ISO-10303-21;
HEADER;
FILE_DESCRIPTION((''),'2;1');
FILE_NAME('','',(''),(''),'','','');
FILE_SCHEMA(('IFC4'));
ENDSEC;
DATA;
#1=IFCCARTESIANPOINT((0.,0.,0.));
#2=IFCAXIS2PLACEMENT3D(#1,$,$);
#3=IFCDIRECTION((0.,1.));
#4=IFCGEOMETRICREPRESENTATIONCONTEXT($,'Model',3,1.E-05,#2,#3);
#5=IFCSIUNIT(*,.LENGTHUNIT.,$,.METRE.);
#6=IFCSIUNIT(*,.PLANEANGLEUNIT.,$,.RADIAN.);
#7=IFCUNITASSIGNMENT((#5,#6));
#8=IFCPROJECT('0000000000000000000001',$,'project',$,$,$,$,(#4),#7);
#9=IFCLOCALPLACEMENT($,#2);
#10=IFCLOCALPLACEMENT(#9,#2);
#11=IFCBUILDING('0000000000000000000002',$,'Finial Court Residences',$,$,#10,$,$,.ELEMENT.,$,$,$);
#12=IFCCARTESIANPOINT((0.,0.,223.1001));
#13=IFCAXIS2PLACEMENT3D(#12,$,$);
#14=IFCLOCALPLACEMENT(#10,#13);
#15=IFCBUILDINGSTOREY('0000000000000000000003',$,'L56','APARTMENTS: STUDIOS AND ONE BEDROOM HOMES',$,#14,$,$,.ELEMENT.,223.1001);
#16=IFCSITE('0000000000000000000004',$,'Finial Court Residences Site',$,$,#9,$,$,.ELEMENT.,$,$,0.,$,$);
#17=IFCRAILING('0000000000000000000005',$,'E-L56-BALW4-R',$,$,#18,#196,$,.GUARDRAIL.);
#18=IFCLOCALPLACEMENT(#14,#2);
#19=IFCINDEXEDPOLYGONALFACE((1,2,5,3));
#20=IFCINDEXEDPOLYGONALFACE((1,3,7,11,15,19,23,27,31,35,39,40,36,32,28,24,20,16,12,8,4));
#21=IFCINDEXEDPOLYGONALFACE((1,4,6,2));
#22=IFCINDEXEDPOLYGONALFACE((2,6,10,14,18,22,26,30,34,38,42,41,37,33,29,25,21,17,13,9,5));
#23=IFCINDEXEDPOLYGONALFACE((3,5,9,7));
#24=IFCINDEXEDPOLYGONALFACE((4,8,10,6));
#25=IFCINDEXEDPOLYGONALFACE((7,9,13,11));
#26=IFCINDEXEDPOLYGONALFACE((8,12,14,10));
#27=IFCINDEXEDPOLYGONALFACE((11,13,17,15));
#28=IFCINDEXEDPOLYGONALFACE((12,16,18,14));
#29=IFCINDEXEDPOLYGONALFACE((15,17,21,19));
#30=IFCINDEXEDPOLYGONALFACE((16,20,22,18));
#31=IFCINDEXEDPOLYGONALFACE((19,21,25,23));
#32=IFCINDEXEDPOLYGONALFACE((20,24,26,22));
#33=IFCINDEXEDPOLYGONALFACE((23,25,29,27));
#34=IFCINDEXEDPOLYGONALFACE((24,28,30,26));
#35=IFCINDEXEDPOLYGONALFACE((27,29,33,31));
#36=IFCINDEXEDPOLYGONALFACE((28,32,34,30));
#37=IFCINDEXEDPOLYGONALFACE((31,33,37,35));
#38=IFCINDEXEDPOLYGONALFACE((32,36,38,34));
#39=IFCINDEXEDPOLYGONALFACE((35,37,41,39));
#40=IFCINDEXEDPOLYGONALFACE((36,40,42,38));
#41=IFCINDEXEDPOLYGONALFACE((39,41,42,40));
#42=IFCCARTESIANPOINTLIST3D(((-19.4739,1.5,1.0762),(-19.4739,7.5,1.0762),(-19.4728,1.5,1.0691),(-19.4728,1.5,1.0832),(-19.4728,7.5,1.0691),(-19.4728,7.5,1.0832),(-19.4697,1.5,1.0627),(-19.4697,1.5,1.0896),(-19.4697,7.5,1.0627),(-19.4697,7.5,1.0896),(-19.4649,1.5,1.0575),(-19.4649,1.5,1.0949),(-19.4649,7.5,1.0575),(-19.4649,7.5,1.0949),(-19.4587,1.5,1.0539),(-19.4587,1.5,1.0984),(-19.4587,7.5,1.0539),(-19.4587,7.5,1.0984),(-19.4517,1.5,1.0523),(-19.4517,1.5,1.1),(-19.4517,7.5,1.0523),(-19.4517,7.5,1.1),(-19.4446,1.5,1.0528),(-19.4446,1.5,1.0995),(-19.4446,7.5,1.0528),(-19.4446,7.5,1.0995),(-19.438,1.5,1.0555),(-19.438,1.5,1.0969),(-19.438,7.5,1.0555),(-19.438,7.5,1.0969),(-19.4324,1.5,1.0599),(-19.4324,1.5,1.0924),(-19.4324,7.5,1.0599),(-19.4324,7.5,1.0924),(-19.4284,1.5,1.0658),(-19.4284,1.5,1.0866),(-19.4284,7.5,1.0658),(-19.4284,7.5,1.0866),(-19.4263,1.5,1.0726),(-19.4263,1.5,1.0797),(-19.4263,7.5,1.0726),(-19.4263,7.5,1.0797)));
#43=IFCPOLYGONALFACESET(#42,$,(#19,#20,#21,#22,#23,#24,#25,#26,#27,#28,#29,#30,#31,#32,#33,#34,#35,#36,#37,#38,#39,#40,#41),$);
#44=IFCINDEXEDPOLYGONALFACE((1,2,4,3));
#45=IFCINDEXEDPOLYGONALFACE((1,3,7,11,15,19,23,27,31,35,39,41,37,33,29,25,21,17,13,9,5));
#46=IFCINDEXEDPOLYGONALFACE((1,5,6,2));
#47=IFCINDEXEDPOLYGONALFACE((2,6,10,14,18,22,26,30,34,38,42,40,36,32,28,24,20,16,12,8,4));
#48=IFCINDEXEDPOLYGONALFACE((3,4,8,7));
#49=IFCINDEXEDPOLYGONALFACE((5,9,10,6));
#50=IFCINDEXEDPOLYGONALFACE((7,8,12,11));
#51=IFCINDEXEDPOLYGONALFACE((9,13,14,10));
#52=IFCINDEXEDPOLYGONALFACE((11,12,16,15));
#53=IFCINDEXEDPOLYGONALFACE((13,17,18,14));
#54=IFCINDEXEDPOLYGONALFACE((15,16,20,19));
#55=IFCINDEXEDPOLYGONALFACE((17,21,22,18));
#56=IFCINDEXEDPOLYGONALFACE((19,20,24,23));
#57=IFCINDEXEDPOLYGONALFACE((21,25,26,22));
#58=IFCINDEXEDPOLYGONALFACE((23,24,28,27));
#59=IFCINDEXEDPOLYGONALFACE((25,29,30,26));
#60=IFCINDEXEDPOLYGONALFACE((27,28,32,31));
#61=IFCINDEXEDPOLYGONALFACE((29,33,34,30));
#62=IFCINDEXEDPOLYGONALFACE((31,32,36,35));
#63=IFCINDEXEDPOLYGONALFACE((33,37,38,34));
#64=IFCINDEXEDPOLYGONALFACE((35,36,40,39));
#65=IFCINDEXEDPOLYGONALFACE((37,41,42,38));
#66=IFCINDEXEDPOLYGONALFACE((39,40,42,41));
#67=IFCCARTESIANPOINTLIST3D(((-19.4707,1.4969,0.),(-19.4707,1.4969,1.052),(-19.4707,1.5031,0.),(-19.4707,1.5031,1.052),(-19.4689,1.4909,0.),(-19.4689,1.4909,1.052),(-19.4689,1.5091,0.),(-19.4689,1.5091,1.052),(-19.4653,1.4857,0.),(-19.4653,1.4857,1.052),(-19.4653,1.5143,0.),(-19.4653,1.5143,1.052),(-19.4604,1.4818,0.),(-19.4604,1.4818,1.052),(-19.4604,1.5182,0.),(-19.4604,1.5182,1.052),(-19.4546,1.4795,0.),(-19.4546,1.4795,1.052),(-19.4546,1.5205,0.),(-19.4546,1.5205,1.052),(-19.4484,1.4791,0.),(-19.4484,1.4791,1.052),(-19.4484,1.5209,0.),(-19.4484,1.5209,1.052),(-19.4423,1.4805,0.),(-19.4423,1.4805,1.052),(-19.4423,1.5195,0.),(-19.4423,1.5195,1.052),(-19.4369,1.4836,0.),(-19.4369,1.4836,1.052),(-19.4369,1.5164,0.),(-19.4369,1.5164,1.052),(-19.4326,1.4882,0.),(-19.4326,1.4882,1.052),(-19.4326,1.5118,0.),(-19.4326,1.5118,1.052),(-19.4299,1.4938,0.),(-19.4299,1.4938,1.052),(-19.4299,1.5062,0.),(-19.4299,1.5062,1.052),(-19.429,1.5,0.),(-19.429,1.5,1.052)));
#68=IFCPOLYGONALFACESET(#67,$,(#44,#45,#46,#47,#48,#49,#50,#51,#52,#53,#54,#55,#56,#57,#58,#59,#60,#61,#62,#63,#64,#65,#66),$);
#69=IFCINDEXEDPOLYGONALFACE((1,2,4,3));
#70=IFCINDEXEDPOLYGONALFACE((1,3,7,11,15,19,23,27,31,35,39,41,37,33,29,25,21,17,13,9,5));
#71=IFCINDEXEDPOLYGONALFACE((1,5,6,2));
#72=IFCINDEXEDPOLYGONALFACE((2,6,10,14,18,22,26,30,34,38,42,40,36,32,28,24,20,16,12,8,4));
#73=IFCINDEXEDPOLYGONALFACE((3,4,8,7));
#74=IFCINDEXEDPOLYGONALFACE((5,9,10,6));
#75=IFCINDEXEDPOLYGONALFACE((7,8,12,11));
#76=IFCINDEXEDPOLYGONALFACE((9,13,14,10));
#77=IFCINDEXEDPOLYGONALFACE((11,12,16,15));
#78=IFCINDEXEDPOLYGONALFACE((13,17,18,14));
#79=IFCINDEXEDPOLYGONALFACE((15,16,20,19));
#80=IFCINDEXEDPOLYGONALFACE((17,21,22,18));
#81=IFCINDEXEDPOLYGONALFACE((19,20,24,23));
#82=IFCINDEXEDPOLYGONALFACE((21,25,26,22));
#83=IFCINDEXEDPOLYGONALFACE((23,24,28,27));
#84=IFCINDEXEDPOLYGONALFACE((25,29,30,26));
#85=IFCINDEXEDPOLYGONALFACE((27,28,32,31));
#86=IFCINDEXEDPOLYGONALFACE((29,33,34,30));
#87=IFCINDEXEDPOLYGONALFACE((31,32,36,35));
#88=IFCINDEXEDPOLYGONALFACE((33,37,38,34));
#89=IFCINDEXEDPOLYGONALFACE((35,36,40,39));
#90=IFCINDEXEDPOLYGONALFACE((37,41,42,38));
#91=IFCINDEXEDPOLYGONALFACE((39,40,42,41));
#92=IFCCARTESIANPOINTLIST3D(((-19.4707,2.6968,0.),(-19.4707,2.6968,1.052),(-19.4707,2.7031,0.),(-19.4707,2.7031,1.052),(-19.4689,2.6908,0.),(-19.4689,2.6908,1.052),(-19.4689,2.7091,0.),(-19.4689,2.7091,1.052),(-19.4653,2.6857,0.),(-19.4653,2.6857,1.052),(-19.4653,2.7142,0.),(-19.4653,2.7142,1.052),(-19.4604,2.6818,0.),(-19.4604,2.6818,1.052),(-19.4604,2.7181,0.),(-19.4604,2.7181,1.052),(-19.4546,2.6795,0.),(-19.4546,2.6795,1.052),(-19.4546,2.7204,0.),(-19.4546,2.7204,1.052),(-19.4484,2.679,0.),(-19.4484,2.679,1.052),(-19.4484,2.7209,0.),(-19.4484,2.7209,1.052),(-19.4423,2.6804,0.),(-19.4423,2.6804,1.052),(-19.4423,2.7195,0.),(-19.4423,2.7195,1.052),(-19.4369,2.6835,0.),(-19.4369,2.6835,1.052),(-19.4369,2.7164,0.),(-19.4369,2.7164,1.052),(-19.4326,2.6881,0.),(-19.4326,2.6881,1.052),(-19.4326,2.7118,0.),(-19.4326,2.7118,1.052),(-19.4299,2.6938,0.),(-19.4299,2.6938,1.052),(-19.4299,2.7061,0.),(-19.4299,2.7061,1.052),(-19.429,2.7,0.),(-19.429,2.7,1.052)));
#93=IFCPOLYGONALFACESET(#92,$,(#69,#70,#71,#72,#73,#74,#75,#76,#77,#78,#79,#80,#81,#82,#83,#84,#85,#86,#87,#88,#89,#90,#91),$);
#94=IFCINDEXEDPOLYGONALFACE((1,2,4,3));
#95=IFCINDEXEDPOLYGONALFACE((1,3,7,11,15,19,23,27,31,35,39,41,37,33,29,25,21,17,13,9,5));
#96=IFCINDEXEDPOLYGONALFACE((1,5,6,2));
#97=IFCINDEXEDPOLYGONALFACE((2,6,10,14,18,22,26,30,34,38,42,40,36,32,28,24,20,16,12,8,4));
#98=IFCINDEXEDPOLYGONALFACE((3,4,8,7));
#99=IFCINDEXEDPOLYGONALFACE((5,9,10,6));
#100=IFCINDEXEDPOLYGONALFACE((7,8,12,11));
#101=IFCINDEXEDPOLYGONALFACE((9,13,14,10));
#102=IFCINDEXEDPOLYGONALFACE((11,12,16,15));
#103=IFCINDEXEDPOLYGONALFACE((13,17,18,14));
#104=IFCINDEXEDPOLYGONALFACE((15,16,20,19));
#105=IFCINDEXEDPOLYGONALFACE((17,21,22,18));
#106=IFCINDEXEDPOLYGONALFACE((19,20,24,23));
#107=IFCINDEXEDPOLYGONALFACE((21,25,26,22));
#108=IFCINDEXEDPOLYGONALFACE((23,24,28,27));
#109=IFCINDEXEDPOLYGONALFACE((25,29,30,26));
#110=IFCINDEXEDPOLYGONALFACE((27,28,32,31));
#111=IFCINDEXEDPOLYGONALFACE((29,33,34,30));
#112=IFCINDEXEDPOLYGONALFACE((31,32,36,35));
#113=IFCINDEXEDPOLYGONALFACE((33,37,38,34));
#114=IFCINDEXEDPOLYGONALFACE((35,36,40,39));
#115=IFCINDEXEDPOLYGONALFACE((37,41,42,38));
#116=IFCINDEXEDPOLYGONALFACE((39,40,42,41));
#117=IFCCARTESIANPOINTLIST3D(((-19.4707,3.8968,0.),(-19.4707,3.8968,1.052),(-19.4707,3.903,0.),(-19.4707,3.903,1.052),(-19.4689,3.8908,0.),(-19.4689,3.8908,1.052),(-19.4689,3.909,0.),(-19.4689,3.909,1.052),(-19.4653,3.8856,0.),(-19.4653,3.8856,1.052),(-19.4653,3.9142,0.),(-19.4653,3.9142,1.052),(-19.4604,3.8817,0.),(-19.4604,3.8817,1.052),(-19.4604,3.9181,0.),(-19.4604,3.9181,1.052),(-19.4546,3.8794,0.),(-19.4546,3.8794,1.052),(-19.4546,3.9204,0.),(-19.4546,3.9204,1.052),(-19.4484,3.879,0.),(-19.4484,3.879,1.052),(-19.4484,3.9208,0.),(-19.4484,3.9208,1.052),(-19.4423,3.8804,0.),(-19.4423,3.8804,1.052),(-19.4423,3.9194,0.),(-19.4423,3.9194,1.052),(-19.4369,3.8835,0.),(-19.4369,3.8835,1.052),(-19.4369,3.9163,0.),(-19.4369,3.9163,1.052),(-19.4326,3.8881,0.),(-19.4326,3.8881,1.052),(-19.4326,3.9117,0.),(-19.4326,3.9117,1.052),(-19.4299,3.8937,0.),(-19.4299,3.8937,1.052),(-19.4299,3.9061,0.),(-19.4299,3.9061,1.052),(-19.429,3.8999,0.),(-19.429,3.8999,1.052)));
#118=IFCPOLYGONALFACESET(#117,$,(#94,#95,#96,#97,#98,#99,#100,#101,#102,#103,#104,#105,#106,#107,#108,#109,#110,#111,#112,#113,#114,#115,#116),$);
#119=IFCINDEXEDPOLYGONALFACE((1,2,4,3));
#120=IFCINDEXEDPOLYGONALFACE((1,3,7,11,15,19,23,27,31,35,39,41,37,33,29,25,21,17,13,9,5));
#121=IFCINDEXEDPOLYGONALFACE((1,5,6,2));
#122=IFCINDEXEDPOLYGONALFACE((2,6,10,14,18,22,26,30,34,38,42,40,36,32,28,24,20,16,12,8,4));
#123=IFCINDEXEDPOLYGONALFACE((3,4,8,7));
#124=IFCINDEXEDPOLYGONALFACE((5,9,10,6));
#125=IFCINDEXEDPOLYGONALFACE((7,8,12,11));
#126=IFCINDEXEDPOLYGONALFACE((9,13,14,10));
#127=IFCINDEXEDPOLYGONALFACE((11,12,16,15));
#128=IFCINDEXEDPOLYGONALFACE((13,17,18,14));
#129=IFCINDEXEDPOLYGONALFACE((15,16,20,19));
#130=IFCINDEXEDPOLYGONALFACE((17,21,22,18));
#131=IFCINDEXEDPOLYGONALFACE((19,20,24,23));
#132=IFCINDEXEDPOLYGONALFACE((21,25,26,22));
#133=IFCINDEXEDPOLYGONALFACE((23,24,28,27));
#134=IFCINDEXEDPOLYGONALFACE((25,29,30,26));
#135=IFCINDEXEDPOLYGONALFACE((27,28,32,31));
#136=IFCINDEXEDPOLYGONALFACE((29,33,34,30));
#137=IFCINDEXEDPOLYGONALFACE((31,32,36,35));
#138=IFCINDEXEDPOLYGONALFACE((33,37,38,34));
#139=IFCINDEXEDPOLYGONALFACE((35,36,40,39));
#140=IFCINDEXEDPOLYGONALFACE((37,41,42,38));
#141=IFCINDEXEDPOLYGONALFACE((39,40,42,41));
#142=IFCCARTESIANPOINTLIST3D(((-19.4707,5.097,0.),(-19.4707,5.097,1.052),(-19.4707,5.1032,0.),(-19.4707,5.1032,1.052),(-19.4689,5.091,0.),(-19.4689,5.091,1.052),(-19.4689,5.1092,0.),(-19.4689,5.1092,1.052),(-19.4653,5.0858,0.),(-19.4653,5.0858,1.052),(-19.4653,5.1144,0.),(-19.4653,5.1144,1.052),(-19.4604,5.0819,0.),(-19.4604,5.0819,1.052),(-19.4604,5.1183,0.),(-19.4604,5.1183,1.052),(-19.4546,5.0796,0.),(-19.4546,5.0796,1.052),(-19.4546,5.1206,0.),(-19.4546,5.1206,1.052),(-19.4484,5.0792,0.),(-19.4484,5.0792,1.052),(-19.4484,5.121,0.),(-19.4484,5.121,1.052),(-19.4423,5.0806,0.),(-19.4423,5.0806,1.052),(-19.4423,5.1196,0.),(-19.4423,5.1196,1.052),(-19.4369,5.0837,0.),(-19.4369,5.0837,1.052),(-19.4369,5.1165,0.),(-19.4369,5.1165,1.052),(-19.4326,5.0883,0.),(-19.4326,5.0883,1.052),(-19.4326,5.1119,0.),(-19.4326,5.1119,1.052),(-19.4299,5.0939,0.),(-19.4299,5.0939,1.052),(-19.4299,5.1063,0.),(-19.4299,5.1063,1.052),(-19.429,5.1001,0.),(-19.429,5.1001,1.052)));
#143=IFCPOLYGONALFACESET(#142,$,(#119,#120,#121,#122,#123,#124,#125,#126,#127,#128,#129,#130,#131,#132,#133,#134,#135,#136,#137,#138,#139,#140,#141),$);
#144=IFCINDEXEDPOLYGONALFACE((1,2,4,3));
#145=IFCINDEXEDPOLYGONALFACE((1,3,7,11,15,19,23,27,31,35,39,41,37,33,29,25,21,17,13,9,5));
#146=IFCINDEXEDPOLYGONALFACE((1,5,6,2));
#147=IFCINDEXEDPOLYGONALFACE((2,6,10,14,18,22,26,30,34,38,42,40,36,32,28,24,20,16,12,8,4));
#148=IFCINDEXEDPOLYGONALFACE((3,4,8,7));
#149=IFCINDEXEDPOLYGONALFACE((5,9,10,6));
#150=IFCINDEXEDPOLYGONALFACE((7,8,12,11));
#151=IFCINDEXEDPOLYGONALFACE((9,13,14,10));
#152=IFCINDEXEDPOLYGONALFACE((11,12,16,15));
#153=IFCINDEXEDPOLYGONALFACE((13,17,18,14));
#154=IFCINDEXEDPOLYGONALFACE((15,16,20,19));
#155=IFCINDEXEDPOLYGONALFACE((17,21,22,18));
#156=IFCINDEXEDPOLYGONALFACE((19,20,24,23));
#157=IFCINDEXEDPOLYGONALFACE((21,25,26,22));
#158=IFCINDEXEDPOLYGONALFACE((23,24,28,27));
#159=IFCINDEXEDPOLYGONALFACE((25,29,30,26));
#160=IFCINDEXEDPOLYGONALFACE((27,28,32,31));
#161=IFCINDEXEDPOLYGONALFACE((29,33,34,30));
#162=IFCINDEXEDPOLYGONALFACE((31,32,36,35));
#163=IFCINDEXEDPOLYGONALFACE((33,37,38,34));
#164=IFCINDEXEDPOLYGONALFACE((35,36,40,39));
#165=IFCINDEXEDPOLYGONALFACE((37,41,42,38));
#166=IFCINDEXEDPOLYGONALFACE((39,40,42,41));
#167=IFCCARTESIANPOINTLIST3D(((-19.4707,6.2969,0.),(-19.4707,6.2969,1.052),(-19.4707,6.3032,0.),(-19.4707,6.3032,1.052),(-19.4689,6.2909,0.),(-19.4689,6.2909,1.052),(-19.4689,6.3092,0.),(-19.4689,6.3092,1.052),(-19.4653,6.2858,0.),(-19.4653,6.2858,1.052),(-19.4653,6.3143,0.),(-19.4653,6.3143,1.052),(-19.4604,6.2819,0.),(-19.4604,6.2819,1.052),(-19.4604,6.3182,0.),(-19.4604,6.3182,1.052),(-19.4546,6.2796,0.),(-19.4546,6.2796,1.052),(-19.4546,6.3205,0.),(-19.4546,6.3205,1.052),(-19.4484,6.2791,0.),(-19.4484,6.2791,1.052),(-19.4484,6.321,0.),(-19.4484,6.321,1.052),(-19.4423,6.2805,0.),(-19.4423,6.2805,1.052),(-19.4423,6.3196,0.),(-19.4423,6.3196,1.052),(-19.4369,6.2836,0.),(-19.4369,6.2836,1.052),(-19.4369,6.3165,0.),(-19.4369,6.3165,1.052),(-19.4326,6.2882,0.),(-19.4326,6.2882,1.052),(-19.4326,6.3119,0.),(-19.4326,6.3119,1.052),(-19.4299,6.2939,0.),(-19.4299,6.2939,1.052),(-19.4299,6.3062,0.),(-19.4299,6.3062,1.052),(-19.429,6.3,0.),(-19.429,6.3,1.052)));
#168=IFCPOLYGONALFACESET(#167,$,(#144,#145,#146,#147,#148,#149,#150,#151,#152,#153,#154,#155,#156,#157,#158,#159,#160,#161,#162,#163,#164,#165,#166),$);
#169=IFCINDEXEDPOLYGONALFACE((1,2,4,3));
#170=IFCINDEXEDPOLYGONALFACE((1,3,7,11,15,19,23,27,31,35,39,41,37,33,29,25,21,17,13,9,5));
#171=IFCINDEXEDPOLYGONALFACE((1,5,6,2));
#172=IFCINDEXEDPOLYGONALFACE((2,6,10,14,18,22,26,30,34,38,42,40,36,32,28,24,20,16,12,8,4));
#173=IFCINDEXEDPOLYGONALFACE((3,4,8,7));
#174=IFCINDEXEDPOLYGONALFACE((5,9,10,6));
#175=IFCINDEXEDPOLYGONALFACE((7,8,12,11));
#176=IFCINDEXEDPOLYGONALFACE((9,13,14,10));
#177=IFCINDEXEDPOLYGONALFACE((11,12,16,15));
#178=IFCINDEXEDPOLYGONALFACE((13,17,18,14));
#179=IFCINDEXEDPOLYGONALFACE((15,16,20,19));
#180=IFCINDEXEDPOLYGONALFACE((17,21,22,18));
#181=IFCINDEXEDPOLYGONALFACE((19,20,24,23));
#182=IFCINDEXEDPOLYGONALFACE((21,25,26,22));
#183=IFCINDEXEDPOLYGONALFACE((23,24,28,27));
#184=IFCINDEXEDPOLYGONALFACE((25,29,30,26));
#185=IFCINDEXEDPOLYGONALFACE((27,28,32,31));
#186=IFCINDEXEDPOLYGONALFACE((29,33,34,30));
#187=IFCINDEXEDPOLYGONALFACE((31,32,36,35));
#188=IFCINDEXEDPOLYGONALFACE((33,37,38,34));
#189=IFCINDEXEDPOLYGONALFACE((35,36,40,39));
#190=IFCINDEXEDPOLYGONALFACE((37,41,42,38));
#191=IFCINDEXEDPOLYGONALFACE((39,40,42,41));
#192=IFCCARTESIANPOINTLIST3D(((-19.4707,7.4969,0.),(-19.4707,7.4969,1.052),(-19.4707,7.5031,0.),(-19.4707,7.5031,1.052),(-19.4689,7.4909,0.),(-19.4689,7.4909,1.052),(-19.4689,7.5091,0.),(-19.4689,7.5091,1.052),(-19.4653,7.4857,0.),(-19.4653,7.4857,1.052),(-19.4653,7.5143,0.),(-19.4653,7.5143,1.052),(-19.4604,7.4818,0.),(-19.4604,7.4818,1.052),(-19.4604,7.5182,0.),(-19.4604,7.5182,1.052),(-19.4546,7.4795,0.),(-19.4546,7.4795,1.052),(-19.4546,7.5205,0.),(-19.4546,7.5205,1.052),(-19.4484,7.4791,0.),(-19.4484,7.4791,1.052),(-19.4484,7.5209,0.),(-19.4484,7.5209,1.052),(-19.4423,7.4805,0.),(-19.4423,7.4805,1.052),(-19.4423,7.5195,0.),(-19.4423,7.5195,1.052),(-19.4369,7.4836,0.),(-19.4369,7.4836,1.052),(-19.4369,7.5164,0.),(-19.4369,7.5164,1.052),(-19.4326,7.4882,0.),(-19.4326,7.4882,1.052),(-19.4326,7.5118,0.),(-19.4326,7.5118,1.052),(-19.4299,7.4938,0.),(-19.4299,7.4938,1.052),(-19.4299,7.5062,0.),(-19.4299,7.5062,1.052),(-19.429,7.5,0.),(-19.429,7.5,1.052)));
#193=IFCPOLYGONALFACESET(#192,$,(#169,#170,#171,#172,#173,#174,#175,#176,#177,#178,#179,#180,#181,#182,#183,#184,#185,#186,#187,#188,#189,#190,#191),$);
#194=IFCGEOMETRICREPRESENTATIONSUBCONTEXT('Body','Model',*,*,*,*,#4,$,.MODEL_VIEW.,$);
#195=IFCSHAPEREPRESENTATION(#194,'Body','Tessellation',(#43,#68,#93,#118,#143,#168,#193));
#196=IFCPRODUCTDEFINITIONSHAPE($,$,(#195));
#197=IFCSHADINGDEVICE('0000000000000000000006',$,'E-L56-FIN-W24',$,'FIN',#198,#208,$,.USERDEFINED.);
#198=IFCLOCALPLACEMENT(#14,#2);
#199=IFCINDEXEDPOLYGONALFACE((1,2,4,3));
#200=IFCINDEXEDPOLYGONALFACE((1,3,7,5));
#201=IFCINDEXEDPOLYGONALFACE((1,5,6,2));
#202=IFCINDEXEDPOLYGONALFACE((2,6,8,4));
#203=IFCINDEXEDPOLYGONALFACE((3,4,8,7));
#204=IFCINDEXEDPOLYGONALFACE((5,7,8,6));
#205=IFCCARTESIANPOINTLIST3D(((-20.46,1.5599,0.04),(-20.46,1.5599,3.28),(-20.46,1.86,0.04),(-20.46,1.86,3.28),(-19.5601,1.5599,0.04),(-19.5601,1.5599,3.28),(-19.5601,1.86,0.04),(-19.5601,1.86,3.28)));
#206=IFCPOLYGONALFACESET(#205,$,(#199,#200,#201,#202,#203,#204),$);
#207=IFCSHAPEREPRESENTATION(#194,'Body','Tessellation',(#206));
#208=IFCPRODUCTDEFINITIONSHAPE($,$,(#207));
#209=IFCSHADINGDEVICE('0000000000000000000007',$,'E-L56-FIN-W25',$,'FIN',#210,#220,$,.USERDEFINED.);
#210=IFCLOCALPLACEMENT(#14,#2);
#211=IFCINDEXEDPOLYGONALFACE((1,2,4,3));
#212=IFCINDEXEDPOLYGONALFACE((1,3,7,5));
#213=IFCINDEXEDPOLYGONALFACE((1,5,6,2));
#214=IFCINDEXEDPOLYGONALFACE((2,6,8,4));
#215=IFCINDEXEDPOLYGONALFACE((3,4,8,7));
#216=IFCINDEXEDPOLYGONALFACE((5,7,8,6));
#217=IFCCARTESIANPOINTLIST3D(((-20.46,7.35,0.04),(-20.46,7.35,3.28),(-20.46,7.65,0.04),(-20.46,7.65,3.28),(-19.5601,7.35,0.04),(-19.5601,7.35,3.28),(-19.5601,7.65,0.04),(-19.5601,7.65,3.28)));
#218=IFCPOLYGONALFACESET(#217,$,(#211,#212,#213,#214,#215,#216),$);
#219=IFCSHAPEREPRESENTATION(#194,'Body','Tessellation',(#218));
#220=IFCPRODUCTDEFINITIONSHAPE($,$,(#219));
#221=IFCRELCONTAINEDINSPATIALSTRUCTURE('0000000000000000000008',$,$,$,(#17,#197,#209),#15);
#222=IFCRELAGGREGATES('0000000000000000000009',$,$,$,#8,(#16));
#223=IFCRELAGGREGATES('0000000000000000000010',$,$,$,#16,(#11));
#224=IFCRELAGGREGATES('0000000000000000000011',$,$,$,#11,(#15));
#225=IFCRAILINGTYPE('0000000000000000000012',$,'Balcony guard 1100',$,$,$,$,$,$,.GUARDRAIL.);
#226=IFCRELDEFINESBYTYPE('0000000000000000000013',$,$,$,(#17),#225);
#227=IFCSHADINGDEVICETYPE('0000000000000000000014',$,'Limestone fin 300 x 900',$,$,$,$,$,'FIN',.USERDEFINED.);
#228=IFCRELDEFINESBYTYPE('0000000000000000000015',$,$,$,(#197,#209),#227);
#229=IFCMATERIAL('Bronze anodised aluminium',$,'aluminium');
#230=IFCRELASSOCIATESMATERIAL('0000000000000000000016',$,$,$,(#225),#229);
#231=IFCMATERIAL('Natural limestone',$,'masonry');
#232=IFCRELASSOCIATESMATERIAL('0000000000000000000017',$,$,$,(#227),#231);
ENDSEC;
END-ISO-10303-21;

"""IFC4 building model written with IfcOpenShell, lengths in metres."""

from ifc_helpers import new_model, si_unit, direction, frame, origin, origin_2d, place, context, subcontext, project, spatial, rectangle, circle, extrude, material, type_object, element, save


model = new_model("IFC4")

# Units and contexts
model_context = context("Model", 3, precision=1e-05, world=origin(), true_north=direction((0.0, 1.0)))
body_context = subcontext(model_context, "Body", "Model", "MODEL_VIEW")
ifc_project = project(units=[si_unit("LENGTHUNIT", "METRE"), si_unit("PLANEANGLEUNIT", "RADIAN")], contexts=[model_context])

# Site, building, storey
site_placement = place(None, origin())
site = spatial("IfcSite", under=ifc_project, at=site_placement, Name="Finial Court Residences Site", CompositionType="ELEMENT", RefElevation=0.0)
building_placement = place(site_placement, origin())
building = spatial("IfcBuilding", under=site, at=building_placement, Name="Finial Court Residences", CompositionType="ELEMENT")
storey_placement = place(building_placement, frame((0.0, 0.0, 223.1001)))
storey = spatial("IfcBuildingStorey", under=building, at=storey_placement, Name="L56", Description="APARTMENTS: STUDIOS AND ONE BEDROOM HOMES", CompositionType="ELEMENT", Elevation=223.1001)

# Shared definitions
ifc_material_1 = material(Name="Bronze anodised aluminium", Category="aluminium")

# Shared definitions
ifc_material_2 = material(Name="Natural limestone", Category="masonry")

# Railing
railing_type = type_object("IfcRailingType", Name="Balcony guard 1100", PredefinedType="GUARDRAIL", material=ifc_material_1)
railing_placement = place(storey_placement, frame((-19.45, 1.5, 0.0)))
element("IfcRailing", 1, at=railing_placement, inside=storey, type_object=railing_type, Name="E-L56-BALW4-R", PredefinedType="GUARDRAIL", context=body_context, shape_type="SweptSolid", body=[
    extrude(circle(Radius=0.0239, at=origin_2d()), frame((0.0, 0.0, 1.0762), z_axis=(0.0, 1.0, 0.0), x_axis=(-1.0, 0.0, 0.0)), (0.0, 0.0, 1.0), 6.0),
    extrude(circle(Radius=0.021, at=origin_2d()), origin(), (0.0, 0.0, 1.0), 1.052),
    extrude(circle(Radius=0.021, at=origin_2d()), frame((0.0, 1.2, 0.0)), (0.0, 0.0, 1.0), 1.052),
    extrude(circle(Radius=0.021, at=origin_2d()), frame((0.0, 2.3999, 0.0)), (0.0, 0.0, 1.0), 1.052),
    extrude(circle(Radius=0.021, at=origin_2d()), frame((0.0, 3.6001, 0.0)), (0.0, 0.0, 1.0), 1.052),
    extrude(circle(Radius=0.021, at=origin_2d()), frame((0.0, 4.8, 0.0)), (0.0, 0.0, 1.0), 1.052),
    extrude(circle(Radius=0.021, at=origin_2d()), frame((0.0, 6.0, 0.0)), (0.0, 0.0, 1.0), 1.052),
])

# Shading devices
shading_device_type = type_object("IfcShadingDeviceType", Name="Limestone fin 300 x 900", ElementType="FIN", PredefinedType="USERDEFINED", material=ifc_material_2)
for number, where, z_axis, x_axis, name in (
    (2, (-20.01, 1.71, 0.04), (0.0, 0.0, 1.0), (1.0, 0.0, 0.0), "E-L56-FIN-W24"),
    (3, (-20.01, 7.5, 0.04), (0.0, 0.0, 1.0), (1.0, 0.0, 0.0), "E-L56-FIN-W25"),
):
    element("IfcShadingDevice", number, at=place(storey_placement, frame(where, z_axis=z_axis, x_axis=x_axis)), inside=storey, type_object=shading_device_type, Name=name, ObjectType="FIN", PredefinedType="USERDEFINED", context=body_context, shape_type="SweptSolid", body=[
        extrude(rectangle(XDim=0.8999, YDim=0.3, at=origin_2d()), origin(), (0.0, 0.0, 1.0), 3.24),
    ])

save(model, "model.ifc")
